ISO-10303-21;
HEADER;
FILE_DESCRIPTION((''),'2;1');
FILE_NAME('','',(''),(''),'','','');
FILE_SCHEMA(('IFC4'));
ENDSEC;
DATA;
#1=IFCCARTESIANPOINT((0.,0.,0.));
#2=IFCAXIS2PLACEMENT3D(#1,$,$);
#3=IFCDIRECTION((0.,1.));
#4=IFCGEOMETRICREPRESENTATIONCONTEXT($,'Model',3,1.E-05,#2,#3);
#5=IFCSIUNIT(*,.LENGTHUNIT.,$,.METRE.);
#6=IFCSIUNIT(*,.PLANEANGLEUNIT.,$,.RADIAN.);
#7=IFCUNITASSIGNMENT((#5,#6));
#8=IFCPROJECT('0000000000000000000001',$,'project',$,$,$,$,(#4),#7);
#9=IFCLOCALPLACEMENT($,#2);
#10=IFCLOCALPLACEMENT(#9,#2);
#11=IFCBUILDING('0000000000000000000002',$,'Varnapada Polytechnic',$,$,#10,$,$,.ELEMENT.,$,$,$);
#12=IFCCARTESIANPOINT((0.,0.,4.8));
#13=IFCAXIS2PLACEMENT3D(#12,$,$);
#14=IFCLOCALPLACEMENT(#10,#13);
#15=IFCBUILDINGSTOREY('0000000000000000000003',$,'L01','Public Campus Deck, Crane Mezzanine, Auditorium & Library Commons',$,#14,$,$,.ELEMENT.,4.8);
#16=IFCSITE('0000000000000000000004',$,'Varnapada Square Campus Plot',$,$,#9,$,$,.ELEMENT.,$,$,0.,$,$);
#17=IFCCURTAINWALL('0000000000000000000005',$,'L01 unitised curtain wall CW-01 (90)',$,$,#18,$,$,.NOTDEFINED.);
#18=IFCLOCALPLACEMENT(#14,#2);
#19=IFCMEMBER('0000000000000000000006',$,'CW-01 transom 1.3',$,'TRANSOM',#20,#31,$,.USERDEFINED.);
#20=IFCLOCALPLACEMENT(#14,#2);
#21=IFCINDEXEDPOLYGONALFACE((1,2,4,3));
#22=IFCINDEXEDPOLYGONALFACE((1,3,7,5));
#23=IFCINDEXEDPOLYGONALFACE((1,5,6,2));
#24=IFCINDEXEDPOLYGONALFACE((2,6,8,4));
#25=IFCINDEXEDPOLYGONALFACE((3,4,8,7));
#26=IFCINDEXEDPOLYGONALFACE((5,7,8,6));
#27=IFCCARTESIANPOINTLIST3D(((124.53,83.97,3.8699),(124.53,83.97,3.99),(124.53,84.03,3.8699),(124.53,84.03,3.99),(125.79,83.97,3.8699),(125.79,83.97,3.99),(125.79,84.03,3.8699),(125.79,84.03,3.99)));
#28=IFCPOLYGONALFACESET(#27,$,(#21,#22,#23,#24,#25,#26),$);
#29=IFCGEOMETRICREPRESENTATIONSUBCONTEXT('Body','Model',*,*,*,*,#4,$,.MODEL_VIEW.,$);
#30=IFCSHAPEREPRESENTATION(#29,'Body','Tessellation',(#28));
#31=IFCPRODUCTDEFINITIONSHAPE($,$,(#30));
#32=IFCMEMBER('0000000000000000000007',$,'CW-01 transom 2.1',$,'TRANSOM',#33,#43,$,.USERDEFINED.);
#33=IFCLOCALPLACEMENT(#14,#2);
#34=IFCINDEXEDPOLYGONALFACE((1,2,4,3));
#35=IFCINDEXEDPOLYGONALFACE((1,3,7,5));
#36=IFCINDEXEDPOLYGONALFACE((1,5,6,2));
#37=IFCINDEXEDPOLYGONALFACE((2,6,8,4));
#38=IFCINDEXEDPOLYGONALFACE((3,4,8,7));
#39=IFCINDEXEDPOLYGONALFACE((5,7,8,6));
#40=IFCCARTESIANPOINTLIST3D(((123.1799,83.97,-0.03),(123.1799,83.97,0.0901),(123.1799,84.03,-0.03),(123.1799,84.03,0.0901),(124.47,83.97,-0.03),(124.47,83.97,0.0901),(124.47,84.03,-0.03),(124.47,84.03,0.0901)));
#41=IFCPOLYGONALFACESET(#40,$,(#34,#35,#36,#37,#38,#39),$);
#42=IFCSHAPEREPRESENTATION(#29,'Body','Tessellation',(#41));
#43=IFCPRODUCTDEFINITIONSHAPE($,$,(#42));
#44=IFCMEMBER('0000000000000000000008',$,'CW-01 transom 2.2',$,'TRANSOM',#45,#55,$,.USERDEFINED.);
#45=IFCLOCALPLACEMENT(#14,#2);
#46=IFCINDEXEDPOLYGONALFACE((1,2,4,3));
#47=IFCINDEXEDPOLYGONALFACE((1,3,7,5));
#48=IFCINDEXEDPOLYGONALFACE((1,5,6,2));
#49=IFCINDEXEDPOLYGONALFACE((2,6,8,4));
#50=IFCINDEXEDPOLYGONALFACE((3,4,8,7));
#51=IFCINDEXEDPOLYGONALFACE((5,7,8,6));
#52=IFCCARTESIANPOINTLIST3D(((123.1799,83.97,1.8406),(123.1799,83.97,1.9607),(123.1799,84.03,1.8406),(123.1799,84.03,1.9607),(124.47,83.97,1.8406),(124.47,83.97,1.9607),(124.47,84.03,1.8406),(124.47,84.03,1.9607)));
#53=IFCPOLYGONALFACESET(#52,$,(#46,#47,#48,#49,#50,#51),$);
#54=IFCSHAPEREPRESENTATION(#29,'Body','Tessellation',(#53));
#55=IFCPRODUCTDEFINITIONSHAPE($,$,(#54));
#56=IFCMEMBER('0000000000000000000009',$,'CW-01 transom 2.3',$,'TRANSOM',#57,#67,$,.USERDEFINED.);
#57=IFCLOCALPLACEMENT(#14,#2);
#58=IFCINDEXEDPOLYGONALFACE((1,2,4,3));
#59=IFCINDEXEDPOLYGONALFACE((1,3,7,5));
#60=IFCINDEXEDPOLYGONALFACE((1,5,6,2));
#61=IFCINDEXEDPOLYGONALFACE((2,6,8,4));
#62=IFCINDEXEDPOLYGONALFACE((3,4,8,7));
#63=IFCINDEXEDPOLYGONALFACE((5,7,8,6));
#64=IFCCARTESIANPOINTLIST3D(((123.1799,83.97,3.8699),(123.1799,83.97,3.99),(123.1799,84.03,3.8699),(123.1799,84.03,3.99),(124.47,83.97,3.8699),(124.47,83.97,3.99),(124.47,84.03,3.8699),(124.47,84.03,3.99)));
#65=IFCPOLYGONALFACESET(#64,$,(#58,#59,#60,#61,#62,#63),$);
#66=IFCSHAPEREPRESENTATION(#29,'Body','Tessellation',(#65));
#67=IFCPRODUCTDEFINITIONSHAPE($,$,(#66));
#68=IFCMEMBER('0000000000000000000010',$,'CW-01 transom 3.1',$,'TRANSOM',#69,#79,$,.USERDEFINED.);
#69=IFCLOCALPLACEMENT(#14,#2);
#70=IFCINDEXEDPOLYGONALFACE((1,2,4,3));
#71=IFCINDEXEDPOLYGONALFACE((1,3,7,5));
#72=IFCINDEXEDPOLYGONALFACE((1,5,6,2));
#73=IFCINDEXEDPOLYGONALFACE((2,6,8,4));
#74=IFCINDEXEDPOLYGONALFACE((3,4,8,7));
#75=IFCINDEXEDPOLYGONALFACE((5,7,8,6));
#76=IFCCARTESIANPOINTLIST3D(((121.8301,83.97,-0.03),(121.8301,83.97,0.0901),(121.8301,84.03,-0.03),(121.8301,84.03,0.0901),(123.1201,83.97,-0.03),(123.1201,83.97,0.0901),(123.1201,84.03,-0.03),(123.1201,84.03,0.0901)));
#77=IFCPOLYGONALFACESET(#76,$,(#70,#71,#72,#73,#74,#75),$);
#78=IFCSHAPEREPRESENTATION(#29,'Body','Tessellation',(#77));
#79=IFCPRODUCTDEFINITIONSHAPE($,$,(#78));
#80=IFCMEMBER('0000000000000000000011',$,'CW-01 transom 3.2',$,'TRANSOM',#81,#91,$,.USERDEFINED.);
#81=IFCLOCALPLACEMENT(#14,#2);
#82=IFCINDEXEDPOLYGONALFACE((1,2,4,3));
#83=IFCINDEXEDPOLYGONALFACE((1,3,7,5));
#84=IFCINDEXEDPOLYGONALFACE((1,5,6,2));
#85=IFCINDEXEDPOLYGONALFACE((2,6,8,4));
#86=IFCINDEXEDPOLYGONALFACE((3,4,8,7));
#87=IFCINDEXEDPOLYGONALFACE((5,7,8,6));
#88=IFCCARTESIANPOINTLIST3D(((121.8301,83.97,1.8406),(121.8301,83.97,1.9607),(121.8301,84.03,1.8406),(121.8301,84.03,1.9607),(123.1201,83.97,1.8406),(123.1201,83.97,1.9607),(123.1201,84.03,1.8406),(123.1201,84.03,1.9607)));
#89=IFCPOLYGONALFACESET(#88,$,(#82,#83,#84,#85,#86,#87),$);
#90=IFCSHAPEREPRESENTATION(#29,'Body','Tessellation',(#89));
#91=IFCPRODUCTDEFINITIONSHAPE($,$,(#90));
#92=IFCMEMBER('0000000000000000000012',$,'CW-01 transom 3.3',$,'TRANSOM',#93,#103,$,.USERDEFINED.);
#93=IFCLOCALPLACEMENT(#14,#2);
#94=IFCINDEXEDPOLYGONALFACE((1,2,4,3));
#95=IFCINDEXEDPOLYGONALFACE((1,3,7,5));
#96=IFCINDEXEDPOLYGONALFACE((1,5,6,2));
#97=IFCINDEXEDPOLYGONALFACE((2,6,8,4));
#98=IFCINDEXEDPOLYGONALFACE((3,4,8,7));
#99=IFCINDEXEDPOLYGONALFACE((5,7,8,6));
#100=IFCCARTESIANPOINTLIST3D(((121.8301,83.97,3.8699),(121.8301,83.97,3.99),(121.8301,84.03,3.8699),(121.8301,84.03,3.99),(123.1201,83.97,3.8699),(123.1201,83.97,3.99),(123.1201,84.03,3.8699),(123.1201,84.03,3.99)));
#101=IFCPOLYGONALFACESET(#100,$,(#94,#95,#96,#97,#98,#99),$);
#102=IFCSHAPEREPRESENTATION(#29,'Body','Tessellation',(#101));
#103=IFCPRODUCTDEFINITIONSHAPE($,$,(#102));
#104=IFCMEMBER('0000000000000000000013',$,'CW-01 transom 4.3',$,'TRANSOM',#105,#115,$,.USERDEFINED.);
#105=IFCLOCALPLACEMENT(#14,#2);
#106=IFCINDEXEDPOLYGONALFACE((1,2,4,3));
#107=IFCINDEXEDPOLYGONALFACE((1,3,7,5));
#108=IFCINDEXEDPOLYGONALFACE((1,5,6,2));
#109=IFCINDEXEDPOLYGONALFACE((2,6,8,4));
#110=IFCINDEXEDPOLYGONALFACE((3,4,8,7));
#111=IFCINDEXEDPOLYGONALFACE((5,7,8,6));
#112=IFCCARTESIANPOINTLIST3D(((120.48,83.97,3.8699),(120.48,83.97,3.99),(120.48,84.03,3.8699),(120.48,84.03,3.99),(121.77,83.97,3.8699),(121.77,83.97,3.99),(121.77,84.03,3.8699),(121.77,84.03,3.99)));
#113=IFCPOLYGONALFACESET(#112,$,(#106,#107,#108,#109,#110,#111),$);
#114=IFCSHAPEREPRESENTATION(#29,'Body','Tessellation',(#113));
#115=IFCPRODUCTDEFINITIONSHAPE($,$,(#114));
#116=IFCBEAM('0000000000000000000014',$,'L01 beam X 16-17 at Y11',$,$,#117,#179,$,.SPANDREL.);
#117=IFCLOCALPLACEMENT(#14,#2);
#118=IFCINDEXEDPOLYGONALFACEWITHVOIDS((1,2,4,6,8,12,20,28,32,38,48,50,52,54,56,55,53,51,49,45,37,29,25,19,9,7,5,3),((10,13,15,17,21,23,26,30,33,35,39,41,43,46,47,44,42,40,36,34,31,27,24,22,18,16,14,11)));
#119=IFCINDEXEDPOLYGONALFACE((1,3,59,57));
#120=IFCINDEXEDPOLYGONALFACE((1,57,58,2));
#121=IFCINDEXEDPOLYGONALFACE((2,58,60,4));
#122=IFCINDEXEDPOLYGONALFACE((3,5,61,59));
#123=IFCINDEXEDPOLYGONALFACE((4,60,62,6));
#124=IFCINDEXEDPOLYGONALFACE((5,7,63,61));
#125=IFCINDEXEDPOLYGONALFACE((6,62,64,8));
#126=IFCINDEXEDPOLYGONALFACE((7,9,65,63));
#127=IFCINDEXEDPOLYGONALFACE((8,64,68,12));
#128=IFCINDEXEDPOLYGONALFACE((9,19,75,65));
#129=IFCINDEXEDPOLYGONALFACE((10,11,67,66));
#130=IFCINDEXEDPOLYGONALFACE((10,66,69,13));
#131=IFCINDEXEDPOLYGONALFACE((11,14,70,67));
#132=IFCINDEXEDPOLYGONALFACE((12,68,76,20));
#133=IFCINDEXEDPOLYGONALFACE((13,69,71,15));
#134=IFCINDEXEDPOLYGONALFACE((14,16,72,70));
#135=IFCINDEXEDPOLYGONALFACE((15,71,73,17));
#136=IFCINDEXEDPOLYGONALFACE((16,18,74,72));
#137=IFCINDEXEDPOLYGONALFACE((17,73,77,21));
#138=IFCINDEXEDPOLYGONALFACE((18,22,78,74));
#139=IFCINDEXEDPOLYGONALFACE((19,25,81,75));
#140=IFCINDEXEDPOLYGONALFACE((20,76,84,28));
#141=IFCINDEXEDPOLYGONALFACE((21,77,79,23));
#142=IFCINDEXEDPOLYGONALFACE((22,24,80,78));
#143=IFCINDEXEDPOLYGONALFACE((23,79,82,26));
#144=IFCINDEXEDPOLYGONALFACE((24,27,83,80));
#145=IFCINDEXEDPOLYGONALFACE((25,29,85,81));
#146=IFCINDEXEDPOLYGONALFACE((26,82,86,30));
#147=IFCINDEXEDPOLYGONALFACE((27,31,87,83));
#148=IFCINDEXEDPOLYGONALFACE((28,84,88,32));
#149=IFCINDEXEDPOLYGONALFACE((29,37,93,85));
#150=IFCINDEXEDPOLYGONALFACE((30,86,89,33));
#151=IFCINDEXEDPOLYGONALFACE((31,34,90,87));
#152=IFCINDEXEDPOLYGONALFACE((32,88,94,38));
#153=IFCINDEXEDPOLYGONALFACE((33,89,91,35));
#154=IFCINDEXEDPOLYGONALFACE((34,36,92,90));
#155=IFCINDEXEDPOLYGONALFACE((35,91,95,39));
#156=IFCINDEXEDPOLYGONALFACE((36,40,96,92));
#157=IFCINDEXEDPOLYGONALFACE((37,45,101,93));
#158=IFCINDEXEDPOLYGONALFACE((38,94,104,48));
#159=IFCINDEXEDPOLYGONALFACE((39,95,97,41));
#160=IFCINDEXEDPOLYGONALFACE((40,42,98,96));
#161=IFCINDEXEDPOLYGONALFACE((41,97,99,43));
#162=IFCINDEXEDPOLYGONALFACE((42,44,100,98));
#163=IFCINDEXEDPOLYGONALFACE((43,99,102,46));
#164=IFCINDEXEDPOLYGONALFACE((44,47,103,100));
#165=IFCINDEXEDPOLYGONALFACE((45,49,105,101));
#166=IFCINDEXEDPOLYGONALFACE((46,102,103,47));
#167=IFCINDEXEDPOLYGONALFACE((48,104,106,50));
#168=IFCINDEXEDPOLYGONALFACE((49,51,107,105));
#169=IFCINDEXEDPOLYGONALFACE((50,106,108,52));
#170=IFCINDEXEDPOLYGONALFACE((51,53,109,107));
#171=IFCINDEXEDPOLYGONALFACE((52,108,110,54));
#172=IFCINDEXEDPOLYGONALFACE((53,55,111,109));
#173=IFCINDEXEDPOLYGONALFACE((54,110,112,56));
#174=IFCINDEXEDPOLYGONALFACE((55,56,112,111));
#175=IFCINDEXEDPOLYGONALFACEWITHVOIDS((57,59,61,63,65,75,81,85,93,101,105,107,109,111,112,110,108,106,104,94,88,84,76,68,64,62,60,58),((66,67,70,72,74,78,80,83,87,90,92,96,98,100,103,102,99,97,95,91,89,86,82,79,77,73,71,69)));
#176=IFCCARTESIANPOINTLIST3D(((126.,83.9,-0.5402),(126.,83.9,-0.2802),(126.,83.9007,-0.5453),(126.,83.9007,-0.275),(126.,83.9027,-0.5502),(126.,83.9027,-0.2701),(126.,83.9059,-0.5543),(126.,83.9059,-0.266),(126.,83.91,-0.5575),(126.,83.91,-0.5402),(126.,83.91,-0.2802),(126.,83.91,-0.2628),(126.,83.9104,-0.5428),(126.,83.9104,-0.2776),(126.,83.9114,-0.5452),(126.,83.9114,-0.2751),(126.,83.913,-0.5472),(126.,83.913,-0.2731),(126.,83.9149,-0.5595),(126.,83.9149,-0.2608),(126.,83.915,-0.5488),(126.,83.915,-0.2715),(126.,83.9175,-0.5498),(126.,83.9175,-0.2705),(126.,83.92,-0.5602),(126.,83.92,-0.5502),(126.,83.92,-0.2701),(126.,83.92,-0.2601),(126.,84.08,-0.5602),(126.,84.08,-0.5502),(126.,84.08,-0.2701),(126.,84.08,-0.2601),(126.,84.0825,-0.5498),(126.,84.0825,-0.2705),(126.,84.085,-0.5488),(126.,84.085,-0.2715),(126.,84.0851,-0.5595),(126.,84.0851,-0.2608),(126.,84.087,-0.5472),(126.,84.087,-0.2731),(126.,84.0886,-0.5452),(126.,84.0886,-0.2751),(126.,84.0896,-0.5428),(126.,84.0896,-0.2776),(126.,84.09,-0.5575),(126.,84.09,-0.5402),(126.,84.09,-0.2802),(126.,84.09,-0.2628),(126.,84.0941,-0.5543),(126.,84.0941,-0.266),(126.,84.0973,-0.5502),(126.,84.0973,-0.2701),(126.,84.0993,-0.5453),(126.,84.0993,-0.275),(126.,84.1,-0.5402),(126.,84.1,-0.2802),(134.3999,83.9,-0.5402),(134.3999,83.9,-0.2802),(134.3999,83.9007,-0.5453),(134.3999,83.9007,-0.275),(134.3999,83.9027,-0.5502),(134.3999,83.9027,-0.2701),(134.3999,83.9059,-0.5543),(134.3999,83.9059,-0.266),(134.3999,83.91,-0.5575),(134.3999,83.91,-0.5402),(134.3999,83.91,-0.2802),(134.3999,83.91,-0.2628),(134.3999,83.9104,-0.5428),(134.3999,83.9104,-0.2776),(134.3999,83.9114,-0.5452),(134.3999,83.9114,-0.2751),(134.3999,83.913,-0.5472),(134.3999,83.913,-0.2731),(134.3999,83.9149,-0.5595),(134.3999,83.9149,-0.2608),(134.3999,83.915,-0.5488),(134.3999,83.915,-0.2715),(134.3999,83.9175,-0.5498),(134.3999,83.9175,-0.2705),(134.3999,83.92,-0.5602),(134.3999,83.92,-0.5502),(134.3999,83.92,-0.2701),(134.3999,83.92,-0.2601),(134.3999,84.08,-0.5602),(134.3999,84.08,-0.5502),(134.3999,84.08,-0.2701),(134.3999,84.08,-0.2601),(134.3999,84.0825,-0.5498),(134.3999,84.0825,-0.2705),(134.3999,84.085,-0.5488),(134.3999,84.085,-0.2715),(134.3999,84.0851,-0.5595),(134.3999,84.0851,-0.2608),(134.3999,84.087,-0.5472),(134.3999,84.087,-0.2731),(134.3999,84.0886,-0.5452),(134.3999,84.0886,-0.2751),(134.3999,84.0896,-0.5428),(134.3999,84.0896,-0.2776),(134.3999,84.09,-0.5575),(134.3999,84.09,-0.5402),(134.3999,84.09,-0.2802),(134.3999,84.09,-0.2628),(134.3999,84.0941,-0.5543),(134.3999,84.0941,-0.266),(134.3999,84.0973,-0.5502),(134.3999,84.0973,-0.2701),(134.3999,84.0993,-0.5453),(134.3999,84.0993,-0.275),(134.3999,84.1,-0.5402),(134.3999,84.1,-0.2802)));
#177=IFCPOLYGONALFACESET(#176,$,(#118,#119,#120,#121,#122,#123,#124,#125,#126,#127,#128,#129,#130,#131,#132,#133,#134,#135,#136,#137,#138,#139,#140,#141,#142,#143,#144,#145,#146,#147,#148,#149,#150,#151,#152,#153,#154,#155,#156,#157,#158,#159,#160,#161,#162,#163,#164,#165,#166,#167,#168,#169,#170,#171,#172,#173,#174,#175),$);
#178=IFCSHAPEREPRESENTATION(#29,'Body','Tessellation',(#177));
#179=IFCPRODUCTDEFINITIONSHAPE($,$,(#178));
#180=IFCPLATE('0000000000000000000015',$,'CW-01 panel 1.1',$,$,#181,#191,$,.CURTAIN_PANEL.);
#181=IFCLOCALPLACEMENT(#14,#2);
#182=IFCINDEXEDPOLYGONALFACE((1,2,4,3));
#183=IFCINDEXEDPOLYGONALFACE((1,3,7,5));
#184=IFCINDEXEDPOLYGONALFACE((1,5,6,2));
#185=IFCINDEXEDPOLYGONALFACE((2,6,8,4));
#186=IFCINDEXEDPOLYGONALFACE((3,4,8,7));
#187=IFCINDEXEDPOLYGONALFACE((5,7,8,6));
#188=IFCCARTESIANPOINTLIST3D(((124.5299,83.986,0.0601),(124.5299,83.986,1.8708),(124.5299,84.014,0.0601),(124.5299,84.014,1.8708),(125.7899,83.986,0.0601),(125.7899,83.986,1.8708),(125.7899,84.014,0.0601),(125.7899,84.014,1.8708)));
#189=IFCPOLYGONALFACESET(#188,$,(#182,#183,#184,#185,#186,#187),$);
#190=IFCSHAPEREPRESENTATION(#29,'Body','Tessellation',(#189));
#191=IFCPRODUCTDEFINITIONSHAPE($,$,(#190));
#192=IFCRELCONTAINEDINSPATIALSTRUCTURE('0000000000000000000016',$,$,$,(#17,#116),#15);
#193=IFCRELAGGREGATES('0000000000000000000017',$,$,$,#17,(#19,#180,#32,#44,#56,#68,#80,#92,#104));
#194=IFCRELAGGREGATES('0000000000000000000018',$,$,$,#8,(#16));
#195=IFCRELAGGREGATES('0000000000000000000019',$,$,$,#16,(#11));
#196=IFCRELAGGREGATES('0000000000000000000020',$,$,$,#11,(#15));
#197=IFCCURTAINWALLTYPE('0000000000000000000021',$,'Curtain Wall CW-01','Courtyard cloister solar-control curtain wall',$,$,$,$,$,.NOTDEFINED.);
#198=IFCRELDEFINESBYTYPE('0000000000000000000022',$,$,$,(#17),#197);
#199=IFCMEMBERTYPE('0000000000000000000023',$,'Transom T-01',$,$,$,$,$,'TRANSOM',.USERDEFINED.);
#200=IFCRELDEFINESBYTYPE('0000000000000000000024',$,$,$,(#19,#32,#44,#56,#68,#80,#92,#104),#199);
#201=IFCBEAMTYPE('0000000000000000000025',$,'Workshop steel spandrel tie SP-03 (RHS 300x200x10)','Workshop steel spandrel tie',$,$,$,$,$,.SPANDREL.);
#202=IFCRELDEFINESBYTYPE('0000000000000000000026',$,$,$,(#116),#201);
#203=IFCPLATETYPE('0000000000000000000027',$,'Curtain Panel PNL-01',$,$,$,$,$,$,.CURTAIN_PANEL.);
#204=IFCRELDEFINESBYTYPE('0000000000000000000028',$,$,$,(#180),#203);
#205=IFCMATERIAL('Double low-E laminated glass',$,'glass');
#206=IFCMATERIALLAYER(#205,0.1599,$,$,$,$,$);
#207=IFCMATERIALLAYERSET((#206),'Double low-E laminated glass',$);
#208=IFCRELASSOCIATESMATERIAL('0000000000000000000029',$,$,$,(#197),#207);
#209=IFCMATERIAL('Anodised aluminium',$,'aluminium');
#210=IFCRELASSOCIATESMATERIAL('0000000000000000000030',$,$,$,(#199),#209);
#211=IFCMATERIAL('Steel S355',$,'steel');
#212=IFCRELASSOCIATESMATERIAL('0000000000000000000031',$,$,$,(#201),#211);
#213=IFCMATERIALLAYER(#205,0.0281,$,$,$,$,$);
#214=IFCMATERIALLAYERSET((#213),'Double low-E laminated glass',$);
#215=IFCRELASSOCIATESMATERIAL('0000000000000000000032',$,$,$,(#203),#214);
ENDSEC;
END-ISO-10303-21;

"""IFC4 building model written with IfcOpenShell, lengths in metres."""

from ifc_helpers import new_model, si_unit, direction, frame, origin, origin_2d, place, context, subcontext, project, spatial, rectangle, hollow_rectangle, extrude, material, layer, layer_set, material_profile, profile_set, type_object, element, aggregate, save


model = new_model("IFC4")

# Units and contexts
model_context = context("Model", 3, precision=1e-05, world=origin(), true_north=direction((0.0, 1.0)))
body_context = subcontext(model_context, "Body", "Model", "MODEL_VIEW")
ifc_project = project(units=[si_unit("LENGTHUNIT", "METRE"), si_unit("PLANEANGLEUNIT", "RADIAN")], contexts=[model_context])

# Site, building, storey
site_placement = place(None, origin())
site = spatial("IfcSite", under=ifc_project, at=site_placement, Name="Varnapada Square Campus Plot", CompositionType="ELEMENT", RefElevation=0.0)
building_placement = place(site_placement, origin())
building = spatial("IfcBuilding", under=site, at=building_placement, Name="Varnapada Polytechnic", CompositionType="ELEMENT")
storey_placement = place(building_placement, frame((0.0, 0.0, 4.8)))
storey = spatial("IfcBuildingStorey", under=building, at=storey_placement, Name="L01", Description="Public Campus Deck, Crane Mezzanine, Auditorium & Library Commons", CompositionType="ELEMENT", Elevation=4.8)

# Shared definitions
ifc_material_1 = material(Name="Steel S355", Category="steel")

# Curtain wall
ifc_material_2 = material(Name="Double low-E laminated glass", Category="glass")
ifc_layer_1 = layer(ifc_material_2, 0.1599)
ifc_layer_set_1 = layer_set([ifc_layer_1], Name="Double low-E laminated glass")
curtain_wall_type = type_object("IfcCurtainWallType", Name="Curtain Wall CW-01", Description="Courtyard cloister solar-control curtain wall", PredefinedType="NOTDEFINED", material=ifc_layer_set_1)
curtain_wall_1_placement = place(storey_placement, origin())
curtain_wall_1 = element("IfcCurtainWall", 1, at=curtain_wall_1_placement, inside=storey, type_object=curtain_wall_type, Name="L01 unitised curtain wall CW-01 (90)", PredefinedType="NOTDEFINED")
ifc_material_3 = material(Name="Anodised aluminium", Category="aluminium")

# Members
ifc_material_profile_1 = material_profile(ifc_material_3, rectangle(XDim=0.0601, YDim=0.1201, at=origin_2d()), Name="ALU T60x120")
ifc_profile_set_1 = profile_set([ifc_material_profile_1], Name="Anodised aluminium")
member_type_1 = type_object("IfcMemberType", Name="Transom T-01", ElementType="TRANSOM", PredefinedType="USERDEFINED", material=ifc_profile_set_1)
member_1_placement = place(storey_placement, frame((125.79, 84.0, 3.9299), z_axis=(-1.0, 0.0, 0.0), x_axis=(0.0, -1.0, 0.0)))
member_1 = element("IfcMember", 2, at=member_1_placement, type_object=member_type_1, Name="CW-01 transom 1.3", ObjectType="TRANSOM", PredefinedType="USERDEFINED", context=body_context, shape_type="SweptSolid", body=[
    extrude(rectangle(XDim=0.0601, YDim=0.1201, at=origin_2d()), origin(), (0.0, 0.0, 1.0), 1.26),
])
member_2_placement = place(storey_placement, frame((124.47, 84.0, 0.03), z_axis=(-1.0, 0.0, 0.0), x_axis=(0.0, -1.0, 0.0)))
member_2 = element("IfcMember", 3, at=member_2_placement, type_object=member_type_1, Name="CW-01 transom 2.1", ObjectType="TRANSOM", PredefinedType="USERDEFINED", context=body_context, shape_type="SweptSolid", body=[
    extrude(rectangle(XDim=0.0601, YDim=0.1201, at=origin_2d()), origin(), (0.0, 0.0, 1.0), 1.29),
])
member_3_placement = place(storey_placement, frame((124.47, 84.0, 1.9006), z_axis=(-1.0, 0.0, 0.0), x_axis=(0.0, -1.0, 0.0)))
member_3 = element("IfcMember", 4, at=member_3_placement, type_object=member_type_1, Name="CW-01 transom 2.2", ObjectType="TRANSOM", PredefinedType="USERDEFINED", context=body_context, shape_type="SweptSolid", body=[
    extrude(rectangle(XDim=0.0601, YDim=0.1201, at=origin_2d()), origin(), (0.0, 0.0, 1.0), 1.29),
])
member_4_placement = place(storey_placement, frame((124.47, 84.0, 3.9299), z_axis=(-1.0, 0.0, 0.0), x_axis=(0.0, -1.0, 0.0)))
member_4 = element("IfcMember", 5, at=member_4_placement, type_object=member_type_1, Name="CW-01 transom 2.3", ObjectType="TRANSOM", PredefinedType="USERDEFINED", context=body_context, shape_type="SweptSolid", body=[
    extrude(rectangle(XDim=0.0601, YDim=0.1201, at=origin_2d()), origin(), (0.0, 0.0, 1.0), 1.29),
])
member_5_placement = place(storey_placement, frame((123.1201, 84.0, 0.03), z_axis=(-1.0, 0.0, 0.0), x_axis=(0.0, -1.0, 0.0)))
member_5 = element("IfcMember", 6, at=member_5_placement, type_object=member_type_1, Name="CW-01 transom 3.1", ObjectType="TRANSOM", PredefinedType="USERDEFINED", context=body_context, shape_type="SweptSolid", body=[
    extrude(rectangle(XDim=0.0601, YDim=0.1201, at=origin_2d()), origin(), (0.0, 0.0, 1.0), 1.29),
])
member_6_placement = place(storey_placement, frame((123.1201, 84.0, 1.9006), z_axis=(-1.0, 0.0, 0.0), x_axis=(0.0, -1.0, 0.0)))
member_6 = element("IfcMember", 7, at=member_6_placement, type_object=member_type_1, Name="CW-01 transom 3.2", ObjectType="TRANSOM", PredefinedType="USERDEFINED", context=body_context, shape_type="SweptSolid", body=[
    extrude(rectangle(XDim=0.0601, YDim=0.1201, at=origin_2d()), origin(), (0.0, 0.0, 1.0), 1.29),
])
member_7_placement = place(storey_placement, frame((123.1201, 84.0, 3.9299), z_axis=(-1.0, 0.0, 0.0), x_axis=(0.0, -1.0, 0.0)))
member_7 = element("IfcMember", 8, at=member_7_placement, type_object=member_type_1, Name="CW-01 transom 3.3", ObjectType="TRANSOM", PredefinedType="USERDEFINED", context=body_context, shape_type="SweptSolid", body=[
    extrude(rectangle(XDim=0.0601, YDim=0.1201, at=origin_2d()), origin(), (0.0, 0.0, 1.0), 1.29),
])
member_8_placement = place(storey_placement, frame((121.77, 84.0, 3.9299), z_axis=(-1.0, 0.0, 0.0), x_axis=(0.0, -1.0, 0.0)))
member_8 = element("IfcMember", 9, at=member_8_placement, type_object=member_type_1, Name="CW-01 transom 4.3", ObjectType="TRANSOM", PredefinedType="USERDEFINED", context=body_context, shape_type="SweptSolid", body=[
    extrude(rectangle(XDim=0.0601, YDim=0.1201, at=origin_2d()), origin(), (0.0, 0.0, 1.0), 1.29),
])

# Beam
ifc_material_profile_2 = material_profile(ifc_material_1, hollow_rectangle(XDim=0.2, YDim=0.3, WallThickness=0.01, InnerFilletRadius=0.01, OuterFilletRadius=0.02, at=origin_2d()), Name="RHS 300x200x10")
ifc_profile_set_2 = profile_set([ifc_material_profile_2], Name="Steel S355")
beam_type_1 = type_object("IfcBeamType", Name="Workshop steel spandrel tie SP-03 (RHS 300x200x10)", Description="Workshop steel spandrel tie", PredefinedType="SPANDREL", material=ifc_profile_set_2)
beam_1_placement = place(storey_placement, frame((126.0, 84.0, -0.4102), z_axis=(1.0, 0.0, 0.0), x_axis=(0.0, 1.0, 0.0)))
element("IfcBeam", 10, at=beam_1_placement, inside=storey, type_object=beam_type_1, Name="L01 beam X 16-17 at Y11", PredefinedType="SPANDREL", context=body_context, shape_type="SweptSolid", body=[
    extrude(hollow_rectangle(XDim=0.2, YDim=0.3, WallThickness=0.01, InnerFilletRadius=0.01, OuterFilletRadius=0.02, at=origin_2d()), origin(), (0.0, 0.0, 1.0), 8.3999),
])

# Plate
ifc_layer_2 = layer(ifc_material_2, 0.0281)
ifc_layer_set_2 = layer_set([ifc_layer_2], Name="Double low-E laminated glass")
plate_type_1 = type_object("IfcPlateType", Name="Curtain Panel PNL-01", PredefinedType="CURTAIN_PANEL", material=ifc_layer_set_2)
plate_1_placement = place(storey_placement, frame((125.1599, 84.0, 0.0601), z_axis=(0.0, 0.0, 1.0), x_axis=(-1.0, 0.0, 0.0)))
plate_1 = element("IfcPlate", 11, at=plate_1_placement, type_object=plate_type_1, Name="CW-01 panel 1.1", PredefinedType="CURTAIN_PANEL", context=body_context, shape_type="SweptSolid", body=[
    extrude(rectangle(XDim=1.26, YDim=0.0281, at=origin_2d()), origin(), (0.0, 0.0, 1.0), 1.8108),
])
aggregate(curtain_wall_1, [member_1, plate_1, member_2, member_3, member_4, member_5, member_6, member_7, member_8])

save(model, "model.ifc")
